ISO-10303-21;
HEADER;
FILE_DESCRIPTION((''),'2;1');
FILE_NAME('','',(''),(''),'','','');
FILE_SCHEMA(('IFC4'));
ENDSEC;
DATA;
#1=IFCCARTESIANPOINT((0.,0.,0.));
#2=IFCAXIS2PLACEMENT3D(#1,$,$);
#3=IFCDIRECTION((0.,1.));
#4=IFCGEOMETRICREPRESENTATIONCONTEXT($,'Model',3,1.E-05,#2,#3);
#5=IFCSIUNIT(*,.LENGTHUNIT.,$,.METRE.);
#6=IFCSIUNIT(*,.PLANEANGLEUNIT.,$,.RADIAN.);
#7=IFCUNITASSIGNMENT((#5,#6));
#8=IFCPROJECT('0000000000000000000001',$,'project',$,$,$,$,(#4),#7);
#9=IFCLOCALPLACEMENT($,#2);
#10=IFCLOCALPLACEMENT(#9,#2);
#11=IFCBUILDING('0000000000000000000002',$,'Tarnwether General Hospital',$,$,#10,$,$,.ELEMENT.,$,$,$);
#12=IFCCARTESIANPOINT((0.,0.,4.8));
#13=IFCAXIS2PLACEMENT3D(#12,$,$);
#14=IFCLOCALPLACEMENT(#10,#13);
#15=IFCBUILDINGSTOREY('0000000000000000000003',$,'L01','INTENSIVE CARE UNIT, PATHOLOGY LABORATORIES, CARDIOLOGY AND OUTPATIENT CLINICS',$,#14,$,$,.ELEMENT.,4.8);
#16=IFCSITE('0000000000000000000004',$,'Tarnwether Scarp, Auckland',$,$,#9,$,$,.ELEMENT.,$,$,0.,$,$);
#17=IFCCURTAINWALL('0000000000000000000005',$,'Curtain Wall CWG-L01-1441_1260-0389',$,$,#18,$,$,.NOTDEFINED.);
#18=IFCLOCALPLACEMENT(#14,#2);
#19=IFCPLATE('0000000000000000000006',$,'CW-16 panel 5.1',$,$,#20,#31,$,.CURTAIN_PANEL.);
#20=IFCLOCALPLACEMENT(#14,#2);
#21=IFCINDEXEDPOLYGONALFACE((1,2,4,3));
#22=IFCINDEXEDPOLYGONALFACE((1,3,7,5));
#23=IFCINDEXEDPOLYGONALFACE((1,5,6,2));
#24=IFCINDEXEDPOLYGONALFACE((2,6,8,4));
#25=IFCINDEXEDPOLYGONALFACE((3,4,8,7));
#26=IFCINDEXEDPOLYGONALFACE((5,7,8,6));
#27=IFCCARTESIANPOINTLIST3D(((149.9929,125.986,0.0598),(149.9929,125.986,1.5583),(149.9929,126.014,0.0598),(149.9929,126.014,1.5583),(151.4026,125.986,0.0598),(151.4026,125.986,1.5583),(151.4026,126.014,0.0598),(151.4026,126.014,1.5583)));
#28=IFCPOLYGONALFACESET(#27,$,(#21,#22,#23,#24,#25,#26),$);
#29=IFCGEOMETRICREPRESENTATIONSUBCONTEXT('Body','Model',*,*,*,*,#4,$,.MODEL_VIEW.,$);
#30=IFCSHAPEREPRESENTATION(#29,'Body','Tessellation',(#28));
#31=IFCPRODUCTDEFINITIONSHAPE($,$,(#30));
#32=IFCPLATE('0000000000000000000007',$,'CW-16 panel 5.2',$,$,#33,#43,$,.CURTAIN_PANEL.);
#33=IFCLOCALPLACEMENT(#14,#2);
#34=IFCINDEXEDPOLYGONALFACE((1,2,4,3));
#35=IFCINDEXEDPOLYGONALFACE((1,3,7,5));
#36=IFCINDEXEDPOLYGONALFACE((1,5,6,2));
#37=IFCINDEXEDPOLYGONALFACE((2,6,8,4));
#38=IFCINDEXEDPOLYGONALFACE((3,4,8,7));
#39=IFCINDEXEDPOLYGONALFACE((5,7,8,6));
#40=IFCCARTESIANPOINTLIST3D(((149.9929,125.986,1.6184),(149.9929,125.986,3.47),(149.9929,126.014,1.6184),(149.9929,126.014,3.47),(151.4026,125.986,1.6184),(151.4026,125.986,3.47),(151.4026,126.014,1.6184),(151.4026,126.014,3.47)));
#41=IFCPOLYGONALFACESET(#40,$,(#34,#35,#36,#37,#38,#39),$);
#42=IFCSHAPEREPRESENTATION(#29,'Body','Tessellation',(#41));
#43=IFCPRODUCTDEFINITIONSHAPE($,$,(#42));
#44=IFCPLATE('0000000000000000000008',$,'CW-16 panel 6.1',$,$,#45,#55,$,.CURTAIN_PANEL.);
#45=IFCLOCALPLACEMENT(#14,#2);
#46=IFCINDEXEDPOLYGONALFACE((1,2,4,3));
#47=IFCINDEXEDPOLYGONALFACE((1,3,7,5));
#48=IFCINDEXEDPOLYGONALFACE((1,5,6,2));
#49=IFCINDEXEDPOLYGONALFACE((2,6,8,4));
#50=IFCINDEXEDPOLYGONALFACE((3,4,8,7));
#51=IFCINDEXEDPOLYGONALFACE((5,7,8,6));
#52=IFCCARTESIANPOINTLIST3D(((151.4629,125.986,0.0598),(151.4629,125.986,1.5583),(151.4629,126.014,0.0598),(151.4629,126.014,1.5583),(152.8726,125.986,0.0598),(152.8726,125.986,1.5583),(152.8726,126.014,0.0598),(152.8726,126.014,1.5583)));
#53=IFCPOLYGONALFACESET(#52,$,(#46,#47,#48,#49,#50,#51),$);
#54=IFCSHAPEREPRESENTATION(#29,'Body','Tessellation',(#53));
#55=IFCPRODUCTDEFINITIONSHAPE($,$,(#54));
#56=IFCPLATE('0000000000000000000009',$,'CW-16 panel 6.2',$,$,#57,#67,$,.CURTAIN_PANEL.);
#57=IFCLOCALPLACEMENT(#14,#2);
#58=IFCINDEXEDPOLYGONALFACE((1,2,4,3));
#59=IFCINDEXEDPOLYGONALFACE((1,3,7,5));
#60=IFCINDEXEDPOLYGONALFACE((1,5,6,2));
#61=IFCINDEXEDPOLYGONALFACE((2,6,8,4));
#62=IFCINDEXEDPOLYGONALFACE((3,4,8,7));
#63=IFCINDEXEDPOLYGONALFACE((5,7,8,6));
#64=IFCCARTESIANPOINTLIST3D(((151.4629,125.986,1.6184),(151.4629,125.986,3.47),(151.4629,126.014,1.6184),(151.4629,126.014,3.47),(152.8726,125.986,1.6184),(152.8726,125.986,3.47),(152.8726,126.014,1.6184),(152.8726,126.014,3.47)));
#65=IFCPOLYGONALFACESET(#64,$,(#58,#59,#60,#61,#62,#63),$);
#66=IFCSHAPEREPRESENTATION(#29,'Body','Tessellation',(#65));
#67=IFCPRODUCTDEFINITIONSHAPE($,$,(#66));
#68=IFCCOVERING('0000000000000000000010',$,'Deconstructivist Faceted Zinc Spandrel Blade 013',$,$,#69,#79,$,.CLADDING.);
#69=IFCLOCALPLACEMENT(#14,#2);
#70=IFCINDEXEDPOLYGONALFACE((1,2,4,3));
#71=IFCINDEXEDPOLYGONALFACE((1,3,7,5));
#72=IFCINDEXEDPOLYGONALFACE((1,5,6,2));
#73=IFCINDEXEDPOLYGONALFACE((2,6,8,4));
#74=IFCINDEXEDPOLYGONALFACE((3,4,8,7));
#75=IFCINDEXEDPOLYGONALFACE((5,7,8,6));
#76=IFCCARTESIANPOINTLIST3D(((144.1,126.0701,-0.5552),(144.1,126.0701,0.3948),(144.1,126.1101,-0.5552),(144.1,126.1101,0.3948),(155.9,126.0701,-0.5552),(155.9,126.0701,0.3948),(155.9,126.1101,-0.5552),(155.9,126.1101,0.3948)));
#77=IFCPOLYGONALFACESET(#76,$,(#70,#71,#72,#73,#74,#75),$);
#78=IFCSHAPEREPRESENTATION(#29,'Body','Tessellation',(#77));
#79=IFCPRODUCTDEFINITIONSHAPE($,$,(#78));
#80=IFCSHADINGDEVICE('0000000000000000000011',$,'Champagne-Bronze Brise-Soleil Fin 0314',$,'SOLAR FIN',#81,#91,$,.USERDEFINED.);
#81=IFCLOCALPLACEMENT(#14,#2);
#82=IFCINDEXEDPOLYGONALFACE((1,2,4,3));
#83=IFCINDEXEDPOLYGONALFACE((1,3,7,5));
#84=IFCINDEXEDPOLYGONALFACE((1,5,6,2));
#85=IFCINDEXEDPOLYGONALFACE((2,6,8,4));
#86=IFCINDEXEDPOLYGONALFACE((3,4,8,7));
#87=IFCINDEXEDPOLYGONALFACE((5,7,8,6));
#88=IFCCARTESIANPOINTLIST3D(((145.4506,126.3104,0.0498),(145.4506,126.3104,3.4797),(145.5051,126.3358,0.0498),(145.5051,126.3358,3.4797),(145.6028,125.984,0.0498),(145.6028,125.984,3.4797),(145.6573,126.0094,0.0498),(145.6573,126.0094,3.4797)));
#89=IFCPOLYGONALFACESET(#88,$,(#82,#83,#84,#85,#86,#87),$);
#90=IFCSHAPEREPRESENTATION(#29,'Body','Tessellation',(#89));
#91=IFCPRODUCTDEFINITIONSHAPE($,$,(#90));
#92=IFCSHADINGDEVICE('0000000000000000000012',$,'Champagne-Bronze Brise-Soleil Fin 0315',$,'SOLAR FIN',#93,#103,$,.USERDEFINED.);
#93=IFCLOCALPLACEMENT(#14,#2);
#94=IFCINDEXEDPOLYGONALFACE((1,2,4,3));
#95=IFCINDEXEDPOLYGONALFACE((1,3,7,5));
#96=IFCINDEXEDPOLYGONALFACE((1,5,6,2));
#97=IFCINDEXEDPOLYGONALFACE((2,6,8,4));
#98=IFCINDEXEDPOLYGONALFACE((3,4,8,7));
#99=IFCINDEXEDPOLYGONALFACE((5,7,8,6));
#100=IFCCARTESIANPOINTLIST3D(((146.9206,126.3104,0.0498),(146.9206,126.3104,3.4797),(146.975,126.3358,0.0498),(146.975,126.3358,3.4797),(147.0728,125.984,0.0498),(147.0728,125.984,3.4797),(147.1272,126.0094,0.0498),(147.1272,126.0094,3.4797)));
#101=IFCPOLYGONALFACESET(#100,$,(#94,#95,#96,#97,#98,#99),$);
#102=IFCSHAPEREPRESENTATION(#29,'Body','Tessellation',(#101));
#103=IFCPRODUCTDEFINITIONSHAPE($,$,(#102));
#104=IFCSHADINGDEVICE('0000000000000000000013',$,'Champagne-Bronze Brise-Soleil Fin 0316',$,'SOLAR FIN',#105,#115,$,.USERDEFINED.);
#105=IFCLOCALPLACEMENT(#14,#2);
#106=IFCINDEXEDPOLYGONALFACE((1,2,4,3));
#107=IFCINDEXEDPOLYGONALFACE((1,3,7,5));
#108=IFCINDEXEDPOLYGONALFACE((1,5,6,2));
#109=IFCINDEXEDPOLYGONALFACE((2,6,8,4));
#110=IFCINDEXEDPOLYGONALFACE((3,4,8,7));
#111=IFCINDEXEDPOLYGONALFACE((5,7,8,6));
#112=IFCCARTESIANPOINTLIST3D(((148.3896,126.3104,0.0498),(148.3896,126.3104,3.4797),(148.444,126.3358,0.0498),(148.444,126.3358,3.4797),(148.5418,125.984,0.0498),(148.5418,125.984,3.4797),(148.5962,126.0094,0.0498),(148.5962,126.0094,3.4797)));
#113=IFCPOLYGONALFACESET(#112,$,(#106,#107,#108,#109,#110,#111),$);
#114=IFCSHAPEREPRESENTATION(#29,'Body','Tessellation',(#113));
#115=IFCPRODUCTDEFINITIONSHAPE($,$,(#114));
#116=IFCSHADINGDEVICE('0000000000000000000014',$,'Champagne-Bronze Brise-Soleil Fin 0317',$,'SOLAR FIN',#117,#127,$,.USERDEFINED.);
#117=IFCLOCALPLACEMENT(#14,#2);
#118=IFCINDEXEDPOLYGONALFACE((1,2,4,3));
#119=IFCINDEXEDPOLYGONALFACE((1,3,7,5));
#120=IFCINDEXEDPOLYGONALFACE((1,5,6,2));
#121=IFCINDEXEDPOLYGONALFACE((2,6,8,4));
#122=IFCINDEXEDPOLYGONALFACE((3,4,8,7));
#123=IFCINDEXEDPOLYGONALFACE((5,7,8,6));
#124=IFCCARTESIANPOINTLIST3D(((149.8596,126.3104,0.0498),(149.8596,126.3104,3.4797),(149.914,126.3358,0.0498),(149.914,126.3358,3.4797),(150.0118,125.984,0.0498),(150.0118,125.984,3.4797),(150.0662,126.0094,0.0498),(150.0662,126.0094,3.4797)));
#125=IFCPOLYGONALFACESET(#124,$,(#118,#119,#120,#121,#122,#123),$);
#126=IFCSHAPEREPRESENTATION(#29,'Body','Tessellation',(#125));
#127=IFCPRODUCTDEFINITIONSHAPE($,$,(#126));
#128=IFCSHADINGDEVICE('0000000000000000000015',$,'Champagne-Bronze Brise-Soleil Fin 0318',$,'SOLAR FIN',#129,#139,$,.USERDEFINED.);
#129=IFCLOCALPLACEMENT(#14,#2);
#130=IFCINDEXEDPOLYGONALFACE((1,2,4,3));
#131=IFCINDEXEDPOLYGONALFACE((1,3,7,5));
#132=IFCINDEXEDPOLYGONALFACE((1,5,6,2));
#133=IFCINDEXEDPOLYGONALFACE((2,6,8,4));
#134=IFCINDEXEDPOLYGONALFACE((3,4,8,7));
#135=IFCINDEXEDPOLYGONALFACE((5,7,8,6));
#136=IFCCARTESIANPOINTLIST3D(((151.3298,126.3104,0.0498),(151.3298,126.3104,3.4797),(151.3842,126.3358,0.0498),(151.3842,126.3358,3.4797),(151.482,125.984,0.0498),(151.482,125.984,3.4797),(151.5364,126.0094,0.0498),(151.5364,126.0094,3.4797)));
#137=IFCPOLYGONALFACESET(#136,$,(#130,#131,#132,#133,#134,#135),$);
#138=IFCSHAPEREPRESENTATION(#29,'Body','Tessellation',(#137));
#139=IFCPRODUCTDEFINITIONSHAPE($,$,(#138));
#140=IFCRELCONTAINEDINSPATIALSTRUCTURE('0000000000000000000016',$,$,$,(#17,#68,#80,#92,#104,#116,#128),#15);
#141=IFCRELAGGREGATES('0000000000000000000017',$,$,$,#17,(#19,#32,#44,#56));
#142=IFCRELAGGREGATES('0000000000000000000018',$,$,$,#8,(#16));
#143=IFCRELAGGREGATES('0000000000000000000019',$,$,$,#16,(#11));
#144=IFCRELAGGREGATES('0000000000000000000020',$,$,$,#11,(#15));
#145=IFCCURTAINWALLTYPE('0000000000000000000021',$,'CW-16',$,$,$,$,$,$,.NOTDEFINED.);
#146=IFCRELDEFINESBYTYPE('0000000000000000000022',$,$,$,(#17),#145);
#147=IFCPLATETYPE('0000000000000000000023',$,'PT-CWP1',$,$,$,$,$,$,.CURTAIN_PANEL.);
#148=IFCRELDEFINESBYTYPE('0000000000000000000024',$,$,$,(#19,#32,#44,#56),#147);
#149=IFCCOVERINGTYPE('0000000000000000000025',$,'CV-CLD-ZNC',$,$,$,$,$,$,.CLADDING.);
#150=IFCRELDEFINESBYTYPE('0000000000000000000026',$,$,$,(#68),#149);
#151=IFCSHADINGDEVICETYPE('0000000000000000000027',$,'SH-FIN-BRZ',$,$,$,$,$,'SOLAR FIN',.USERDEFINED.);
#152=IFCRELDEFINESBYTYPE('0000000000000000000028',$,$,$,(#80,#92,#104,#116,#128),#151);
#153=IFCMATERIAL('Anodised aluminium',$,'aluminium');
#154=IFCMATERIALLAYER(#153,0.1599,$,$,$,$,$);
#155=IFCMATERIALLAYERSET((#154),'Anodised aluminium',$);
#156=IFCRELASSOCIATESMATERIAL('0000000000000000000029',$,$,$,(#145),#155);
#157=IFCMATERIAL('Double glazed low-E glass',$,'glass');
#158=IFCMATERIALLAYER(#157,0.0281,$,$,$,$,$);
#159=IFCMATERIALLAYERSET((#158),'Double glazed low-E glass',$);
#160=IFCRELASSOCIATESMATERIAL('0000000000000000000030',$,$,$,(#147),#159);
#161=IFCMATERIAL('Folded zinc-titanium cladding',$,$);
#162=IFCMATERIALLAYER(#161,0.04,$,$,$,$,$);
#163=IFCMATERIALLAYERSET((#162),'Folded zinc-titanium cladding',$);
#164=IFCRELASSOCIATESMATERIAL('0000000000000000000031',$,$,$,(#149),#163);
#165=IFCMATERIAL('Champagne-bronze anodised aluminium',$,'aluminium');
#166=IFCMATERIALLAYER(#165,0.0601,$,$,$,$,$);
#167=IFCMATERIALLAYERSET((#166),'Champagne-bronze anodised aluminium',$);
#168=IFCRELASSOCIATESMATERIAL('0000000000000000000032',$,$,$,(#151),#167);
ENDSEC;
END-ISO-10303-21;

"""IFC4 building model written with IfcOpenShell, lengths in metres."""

from ifc_helpers import new_model, si_unit, direction, frame, origin, origin_2d, place, context, subcontext, project, spatial, rectangle, extrude, material, layer, layer_set, type_object, element, aggregate, save


model = new_model("IFC4")

# Units and contexts
model_context = context("Model", 3, precision=1e-05, world=origin(), true_north=direction((0.0, 1.0)))
body_context = subcontext(model_context, "Body", "Model", "MODEL_VIEW")
ifc_project = project(units=[si_unit("LENGTHUNIT", "METRE"), si_unit("PLANEANGLEUNIT", "RADIAN")], contexts=[model_context])

# Site, building, storey
site_placement = place(None, origin())
site = spatial("IfcSite", under=ifc_project, at=site_placement, Name="Tarnwether Scarp, Auckland", CompositionType="ELEMENT", RefElevation=0.0)
building_placement = place(site_placement, origin())
building = spatial("IfcBuilding", under=site, at=building_placement, Name="Tarnwether General Hospital", CompositionType="ELEMENT")
storey_placement = place(building_placement, frame((0.0, 0.0, 4.8)))
storey = spatial("IfcBuildingStorey", under=building, at=storey_placement, Name="L01", Description="INTENSIVE CARE UNIT, PATHOLOGY LABORATORIES, CARDIOLOGY AND OUTPATIENT CLINICS", CompositionType="ELEMENT", Elevation=4.8)

# Curtain wall, plates
ifc_material_1 = material(Name="Anodised aluminium", Category="aluminium")
ifc_layer_1 = layer(ifc_material_1, 0.1599)
ifc_layer_set_1 = layer_set([ifc_layer_1], Name="Anodised aluminium")
curtain_wall_type = type_object("IfcCurtainWallType", Name="CW-16", PredefinedType="NOTDEFINED", material=ifc_layer_set_1)
curtain_wall_placement = place(storey_placement, origin())
curtain_wall = element("IfcCurtainWall", 1, at=curtain_wall_placement, inside=storey, type_object=curtain_wall_type, Name="Curtain Wall CWG-L01-1441_1260-0389", PredefinedType="NOTDEFINED")
ifc_material_2 = material(Name="Double glazed low-E glass", Category="glass")
ifc_layer_2 = layer(ifc_material_2, 0.0281)
ifc_layer_set_2 = layer_set([ifc_layer_2], Name="Double glazed low-E glass")
plate_type = type_object("IfcPlateType", Name="PT-CWP1", PredefinedType="CURTAIN_PANEL", material=ifc_layer_set_2)
plate_1_placement = place(storey_placement, frame((150.6978, 126.0, 0.0598), z_axis=(0.0, 0.0, 1.0), x_axis=(1.0, 0.0, 0.0)))
plate_1 = element("IfcPlate", 2, at=plate_1_placement, type_object=plate_type, Name="CW-16 panel 5.1", PredefinedType="CURTAIN_PANEL", context=body_context, shape_type="SweptSolid", body=[
    extrude(rectangle(XDim=1.4097, YDim=0.0281, at=origin_2d()), origin(), (0.0, 0.0, 1.0), 1.4985),
])
plate_2_placement = place(storey_placement, frame((150.6978, 126.0, 1.6184), z_axis=(0.0, 0.0, 1.0), x_axis=(1.0, 0.0, 0.0)))
plate_2 = element("IfcPlate", 3, at=plate_2_placement, type_object=plate_type, Name="CW-16 panel 5.2", PredefinedType="CURTAIN_PANEL", context=body_context, shape_type="SweptSolid", body=[
    extrude(rectangle(XDim=1.4097, YDim=0.0281, at=origin_2d()), origin(), (0.0, 0.0, 1.0), 1.8516),
])
plate_3_placement = place(storey_placement, frame((152.1677, 126.0, 0.0598), z_axis=(0.0, 0.0, 1.0), x_axis=(1.0, 0.0, 0.0)))
plate_3 = element("IfcPlate", 4, at=plate_3_placement, type_object=plate_type, Name="CW-16 panel 6.1", PredefinedType="CURTAIN_PANEL", context=body_context, shape_type="SweptSolid", body=[
    extrude(rectangle(XDim=1.4097, YDim=0.0281, at=origin_2d()), origin(), (0.0, 0.0, 1.0), 1.4985),
])
plate_4_placement = place(storey_placement, frame((152.1677, 126.0, 1.6184), z_axis=(0.0, 0.0, 1.0), x_axis=(1.0, 0.0, 0.0)))
plate_4 = element("IfcPlate", 5, at=plate_4_placement, type_object=plate_type, Name="CW-16 panel 6.2", PredefinedType="CURTAIN_PANEL", context=body_context, shape_type="SweptSolid", body=[
    extrude(rectangle(XDim=1.4097, YDim=0.0281, at=origin_2d()), origin(), (0.0, 0.0, 1.0), 1.8516),
])
aggregate(curtain_wall, [plate_1, plate_2, plate_3, plate_4])

# Covering
ifc_material_3 = material(Name="Folded zinc-titanium cladding")
ifc_layer_3 = layer(ifc_material_3, 0.04)
ifc_layer_set_3 = layer_set([ifc_layer_3], Name="Folded zinc-titanium cladding")
covering_type = type_object("IfcCoveringType", Name="CV-CLD-ZNC", PredefinedType="CLADDING", material=ifc_layer_set_3)
covering_placement = place(storey_placement, frame((150.0, 126.0901, -0.5552), z_axis=(0.0, 0.0, 1.0), x_axis=(1.0, 0.0, 0.0)))
element("IfcCovering", 6, at=covering_placement, inside=storey, type_object=covering_type, Name="Deconstructivist Faceted Zinc Spandrel Blade 013", PredefinedType="CLADDING", context=body_context, shape_type="SweptSolid", body=[
    extrude(rectangle(XDim=11.8, YDim=0.04, at=origin_2d()), origin(), (0.0, 0.0, 1.0), 0.95),
])

# Shading devices
ifc_material_4 = material(Name="Champagne-bronze anodised aluminium", Category="aluminium")
ifc_layer_4 = layer(ifc_material_4, 0.0601)
ifc_layer_set_4 = layer_set([ifc_layer_4], Name="Champagne-bronze anodised aluminium")
shading_device_type = type_object("IfcShadingDeviceType", Name="SH-FIN-BRZ", ElementType="SOLAR FIN", PredefinedType="USERDEFINED", material=ifc_layer_set_4)
for number, where, z_axis, x_axis, name in (
    (7, (145.554, 126.1599, 0.0498), (0.0, 0.0, 1.0), (0.906308, 0.422618, 0.0), "Champagne-Bronze Brise-Soleil Fin 0314"),
    (8, (147.0239, 126.1599, 0.0498), (0.0, 0.0, 1.0), (0.906308, 0.422618, 0.0), "Champagne-Bronze Brise-Soleil Fin 0315"),
    (9, (148.4929, 126.1599, 0.0498), (0.0, 0.0, 1.0), (0.906308, 0.422618, 0.0), "Champagne-Bronze Brise-Soleil Fin 0316"),
    (10, (149.9629, 126.1599, 0.0498), (0.0, 0.0, 1.0), (0.906308, 0.422618, 0.0), "Champagne-Bronze Brise-Soleil Fin 0317"),
    (11, (151.4331, 126.1599, 0.0498), (0.0, 0.0, 1.0), (0.906308, 0.422618, 0.0), "Champagne-Bronze Brise-Soleil Fin 0318"),
):
    element("IfcShadingDevice", number, at=place(storey_placement, frame(where, z_axis=z_axis, x_axis=x_axis)), inside=storey, type_object=shading_device_type, Name=name, ObjectType="SOLAR FIN", PredefinedType="USERDEFINED", context=body_context, shape_type="SweptSolid", body=[
        extrude(rectangle(XDim=0.0601, YDim=0.3601, at=origin_2d()), origin(), (0.0, 0.0, 1.0), 3.4299),
    ])

save(model, "model.ifc")
